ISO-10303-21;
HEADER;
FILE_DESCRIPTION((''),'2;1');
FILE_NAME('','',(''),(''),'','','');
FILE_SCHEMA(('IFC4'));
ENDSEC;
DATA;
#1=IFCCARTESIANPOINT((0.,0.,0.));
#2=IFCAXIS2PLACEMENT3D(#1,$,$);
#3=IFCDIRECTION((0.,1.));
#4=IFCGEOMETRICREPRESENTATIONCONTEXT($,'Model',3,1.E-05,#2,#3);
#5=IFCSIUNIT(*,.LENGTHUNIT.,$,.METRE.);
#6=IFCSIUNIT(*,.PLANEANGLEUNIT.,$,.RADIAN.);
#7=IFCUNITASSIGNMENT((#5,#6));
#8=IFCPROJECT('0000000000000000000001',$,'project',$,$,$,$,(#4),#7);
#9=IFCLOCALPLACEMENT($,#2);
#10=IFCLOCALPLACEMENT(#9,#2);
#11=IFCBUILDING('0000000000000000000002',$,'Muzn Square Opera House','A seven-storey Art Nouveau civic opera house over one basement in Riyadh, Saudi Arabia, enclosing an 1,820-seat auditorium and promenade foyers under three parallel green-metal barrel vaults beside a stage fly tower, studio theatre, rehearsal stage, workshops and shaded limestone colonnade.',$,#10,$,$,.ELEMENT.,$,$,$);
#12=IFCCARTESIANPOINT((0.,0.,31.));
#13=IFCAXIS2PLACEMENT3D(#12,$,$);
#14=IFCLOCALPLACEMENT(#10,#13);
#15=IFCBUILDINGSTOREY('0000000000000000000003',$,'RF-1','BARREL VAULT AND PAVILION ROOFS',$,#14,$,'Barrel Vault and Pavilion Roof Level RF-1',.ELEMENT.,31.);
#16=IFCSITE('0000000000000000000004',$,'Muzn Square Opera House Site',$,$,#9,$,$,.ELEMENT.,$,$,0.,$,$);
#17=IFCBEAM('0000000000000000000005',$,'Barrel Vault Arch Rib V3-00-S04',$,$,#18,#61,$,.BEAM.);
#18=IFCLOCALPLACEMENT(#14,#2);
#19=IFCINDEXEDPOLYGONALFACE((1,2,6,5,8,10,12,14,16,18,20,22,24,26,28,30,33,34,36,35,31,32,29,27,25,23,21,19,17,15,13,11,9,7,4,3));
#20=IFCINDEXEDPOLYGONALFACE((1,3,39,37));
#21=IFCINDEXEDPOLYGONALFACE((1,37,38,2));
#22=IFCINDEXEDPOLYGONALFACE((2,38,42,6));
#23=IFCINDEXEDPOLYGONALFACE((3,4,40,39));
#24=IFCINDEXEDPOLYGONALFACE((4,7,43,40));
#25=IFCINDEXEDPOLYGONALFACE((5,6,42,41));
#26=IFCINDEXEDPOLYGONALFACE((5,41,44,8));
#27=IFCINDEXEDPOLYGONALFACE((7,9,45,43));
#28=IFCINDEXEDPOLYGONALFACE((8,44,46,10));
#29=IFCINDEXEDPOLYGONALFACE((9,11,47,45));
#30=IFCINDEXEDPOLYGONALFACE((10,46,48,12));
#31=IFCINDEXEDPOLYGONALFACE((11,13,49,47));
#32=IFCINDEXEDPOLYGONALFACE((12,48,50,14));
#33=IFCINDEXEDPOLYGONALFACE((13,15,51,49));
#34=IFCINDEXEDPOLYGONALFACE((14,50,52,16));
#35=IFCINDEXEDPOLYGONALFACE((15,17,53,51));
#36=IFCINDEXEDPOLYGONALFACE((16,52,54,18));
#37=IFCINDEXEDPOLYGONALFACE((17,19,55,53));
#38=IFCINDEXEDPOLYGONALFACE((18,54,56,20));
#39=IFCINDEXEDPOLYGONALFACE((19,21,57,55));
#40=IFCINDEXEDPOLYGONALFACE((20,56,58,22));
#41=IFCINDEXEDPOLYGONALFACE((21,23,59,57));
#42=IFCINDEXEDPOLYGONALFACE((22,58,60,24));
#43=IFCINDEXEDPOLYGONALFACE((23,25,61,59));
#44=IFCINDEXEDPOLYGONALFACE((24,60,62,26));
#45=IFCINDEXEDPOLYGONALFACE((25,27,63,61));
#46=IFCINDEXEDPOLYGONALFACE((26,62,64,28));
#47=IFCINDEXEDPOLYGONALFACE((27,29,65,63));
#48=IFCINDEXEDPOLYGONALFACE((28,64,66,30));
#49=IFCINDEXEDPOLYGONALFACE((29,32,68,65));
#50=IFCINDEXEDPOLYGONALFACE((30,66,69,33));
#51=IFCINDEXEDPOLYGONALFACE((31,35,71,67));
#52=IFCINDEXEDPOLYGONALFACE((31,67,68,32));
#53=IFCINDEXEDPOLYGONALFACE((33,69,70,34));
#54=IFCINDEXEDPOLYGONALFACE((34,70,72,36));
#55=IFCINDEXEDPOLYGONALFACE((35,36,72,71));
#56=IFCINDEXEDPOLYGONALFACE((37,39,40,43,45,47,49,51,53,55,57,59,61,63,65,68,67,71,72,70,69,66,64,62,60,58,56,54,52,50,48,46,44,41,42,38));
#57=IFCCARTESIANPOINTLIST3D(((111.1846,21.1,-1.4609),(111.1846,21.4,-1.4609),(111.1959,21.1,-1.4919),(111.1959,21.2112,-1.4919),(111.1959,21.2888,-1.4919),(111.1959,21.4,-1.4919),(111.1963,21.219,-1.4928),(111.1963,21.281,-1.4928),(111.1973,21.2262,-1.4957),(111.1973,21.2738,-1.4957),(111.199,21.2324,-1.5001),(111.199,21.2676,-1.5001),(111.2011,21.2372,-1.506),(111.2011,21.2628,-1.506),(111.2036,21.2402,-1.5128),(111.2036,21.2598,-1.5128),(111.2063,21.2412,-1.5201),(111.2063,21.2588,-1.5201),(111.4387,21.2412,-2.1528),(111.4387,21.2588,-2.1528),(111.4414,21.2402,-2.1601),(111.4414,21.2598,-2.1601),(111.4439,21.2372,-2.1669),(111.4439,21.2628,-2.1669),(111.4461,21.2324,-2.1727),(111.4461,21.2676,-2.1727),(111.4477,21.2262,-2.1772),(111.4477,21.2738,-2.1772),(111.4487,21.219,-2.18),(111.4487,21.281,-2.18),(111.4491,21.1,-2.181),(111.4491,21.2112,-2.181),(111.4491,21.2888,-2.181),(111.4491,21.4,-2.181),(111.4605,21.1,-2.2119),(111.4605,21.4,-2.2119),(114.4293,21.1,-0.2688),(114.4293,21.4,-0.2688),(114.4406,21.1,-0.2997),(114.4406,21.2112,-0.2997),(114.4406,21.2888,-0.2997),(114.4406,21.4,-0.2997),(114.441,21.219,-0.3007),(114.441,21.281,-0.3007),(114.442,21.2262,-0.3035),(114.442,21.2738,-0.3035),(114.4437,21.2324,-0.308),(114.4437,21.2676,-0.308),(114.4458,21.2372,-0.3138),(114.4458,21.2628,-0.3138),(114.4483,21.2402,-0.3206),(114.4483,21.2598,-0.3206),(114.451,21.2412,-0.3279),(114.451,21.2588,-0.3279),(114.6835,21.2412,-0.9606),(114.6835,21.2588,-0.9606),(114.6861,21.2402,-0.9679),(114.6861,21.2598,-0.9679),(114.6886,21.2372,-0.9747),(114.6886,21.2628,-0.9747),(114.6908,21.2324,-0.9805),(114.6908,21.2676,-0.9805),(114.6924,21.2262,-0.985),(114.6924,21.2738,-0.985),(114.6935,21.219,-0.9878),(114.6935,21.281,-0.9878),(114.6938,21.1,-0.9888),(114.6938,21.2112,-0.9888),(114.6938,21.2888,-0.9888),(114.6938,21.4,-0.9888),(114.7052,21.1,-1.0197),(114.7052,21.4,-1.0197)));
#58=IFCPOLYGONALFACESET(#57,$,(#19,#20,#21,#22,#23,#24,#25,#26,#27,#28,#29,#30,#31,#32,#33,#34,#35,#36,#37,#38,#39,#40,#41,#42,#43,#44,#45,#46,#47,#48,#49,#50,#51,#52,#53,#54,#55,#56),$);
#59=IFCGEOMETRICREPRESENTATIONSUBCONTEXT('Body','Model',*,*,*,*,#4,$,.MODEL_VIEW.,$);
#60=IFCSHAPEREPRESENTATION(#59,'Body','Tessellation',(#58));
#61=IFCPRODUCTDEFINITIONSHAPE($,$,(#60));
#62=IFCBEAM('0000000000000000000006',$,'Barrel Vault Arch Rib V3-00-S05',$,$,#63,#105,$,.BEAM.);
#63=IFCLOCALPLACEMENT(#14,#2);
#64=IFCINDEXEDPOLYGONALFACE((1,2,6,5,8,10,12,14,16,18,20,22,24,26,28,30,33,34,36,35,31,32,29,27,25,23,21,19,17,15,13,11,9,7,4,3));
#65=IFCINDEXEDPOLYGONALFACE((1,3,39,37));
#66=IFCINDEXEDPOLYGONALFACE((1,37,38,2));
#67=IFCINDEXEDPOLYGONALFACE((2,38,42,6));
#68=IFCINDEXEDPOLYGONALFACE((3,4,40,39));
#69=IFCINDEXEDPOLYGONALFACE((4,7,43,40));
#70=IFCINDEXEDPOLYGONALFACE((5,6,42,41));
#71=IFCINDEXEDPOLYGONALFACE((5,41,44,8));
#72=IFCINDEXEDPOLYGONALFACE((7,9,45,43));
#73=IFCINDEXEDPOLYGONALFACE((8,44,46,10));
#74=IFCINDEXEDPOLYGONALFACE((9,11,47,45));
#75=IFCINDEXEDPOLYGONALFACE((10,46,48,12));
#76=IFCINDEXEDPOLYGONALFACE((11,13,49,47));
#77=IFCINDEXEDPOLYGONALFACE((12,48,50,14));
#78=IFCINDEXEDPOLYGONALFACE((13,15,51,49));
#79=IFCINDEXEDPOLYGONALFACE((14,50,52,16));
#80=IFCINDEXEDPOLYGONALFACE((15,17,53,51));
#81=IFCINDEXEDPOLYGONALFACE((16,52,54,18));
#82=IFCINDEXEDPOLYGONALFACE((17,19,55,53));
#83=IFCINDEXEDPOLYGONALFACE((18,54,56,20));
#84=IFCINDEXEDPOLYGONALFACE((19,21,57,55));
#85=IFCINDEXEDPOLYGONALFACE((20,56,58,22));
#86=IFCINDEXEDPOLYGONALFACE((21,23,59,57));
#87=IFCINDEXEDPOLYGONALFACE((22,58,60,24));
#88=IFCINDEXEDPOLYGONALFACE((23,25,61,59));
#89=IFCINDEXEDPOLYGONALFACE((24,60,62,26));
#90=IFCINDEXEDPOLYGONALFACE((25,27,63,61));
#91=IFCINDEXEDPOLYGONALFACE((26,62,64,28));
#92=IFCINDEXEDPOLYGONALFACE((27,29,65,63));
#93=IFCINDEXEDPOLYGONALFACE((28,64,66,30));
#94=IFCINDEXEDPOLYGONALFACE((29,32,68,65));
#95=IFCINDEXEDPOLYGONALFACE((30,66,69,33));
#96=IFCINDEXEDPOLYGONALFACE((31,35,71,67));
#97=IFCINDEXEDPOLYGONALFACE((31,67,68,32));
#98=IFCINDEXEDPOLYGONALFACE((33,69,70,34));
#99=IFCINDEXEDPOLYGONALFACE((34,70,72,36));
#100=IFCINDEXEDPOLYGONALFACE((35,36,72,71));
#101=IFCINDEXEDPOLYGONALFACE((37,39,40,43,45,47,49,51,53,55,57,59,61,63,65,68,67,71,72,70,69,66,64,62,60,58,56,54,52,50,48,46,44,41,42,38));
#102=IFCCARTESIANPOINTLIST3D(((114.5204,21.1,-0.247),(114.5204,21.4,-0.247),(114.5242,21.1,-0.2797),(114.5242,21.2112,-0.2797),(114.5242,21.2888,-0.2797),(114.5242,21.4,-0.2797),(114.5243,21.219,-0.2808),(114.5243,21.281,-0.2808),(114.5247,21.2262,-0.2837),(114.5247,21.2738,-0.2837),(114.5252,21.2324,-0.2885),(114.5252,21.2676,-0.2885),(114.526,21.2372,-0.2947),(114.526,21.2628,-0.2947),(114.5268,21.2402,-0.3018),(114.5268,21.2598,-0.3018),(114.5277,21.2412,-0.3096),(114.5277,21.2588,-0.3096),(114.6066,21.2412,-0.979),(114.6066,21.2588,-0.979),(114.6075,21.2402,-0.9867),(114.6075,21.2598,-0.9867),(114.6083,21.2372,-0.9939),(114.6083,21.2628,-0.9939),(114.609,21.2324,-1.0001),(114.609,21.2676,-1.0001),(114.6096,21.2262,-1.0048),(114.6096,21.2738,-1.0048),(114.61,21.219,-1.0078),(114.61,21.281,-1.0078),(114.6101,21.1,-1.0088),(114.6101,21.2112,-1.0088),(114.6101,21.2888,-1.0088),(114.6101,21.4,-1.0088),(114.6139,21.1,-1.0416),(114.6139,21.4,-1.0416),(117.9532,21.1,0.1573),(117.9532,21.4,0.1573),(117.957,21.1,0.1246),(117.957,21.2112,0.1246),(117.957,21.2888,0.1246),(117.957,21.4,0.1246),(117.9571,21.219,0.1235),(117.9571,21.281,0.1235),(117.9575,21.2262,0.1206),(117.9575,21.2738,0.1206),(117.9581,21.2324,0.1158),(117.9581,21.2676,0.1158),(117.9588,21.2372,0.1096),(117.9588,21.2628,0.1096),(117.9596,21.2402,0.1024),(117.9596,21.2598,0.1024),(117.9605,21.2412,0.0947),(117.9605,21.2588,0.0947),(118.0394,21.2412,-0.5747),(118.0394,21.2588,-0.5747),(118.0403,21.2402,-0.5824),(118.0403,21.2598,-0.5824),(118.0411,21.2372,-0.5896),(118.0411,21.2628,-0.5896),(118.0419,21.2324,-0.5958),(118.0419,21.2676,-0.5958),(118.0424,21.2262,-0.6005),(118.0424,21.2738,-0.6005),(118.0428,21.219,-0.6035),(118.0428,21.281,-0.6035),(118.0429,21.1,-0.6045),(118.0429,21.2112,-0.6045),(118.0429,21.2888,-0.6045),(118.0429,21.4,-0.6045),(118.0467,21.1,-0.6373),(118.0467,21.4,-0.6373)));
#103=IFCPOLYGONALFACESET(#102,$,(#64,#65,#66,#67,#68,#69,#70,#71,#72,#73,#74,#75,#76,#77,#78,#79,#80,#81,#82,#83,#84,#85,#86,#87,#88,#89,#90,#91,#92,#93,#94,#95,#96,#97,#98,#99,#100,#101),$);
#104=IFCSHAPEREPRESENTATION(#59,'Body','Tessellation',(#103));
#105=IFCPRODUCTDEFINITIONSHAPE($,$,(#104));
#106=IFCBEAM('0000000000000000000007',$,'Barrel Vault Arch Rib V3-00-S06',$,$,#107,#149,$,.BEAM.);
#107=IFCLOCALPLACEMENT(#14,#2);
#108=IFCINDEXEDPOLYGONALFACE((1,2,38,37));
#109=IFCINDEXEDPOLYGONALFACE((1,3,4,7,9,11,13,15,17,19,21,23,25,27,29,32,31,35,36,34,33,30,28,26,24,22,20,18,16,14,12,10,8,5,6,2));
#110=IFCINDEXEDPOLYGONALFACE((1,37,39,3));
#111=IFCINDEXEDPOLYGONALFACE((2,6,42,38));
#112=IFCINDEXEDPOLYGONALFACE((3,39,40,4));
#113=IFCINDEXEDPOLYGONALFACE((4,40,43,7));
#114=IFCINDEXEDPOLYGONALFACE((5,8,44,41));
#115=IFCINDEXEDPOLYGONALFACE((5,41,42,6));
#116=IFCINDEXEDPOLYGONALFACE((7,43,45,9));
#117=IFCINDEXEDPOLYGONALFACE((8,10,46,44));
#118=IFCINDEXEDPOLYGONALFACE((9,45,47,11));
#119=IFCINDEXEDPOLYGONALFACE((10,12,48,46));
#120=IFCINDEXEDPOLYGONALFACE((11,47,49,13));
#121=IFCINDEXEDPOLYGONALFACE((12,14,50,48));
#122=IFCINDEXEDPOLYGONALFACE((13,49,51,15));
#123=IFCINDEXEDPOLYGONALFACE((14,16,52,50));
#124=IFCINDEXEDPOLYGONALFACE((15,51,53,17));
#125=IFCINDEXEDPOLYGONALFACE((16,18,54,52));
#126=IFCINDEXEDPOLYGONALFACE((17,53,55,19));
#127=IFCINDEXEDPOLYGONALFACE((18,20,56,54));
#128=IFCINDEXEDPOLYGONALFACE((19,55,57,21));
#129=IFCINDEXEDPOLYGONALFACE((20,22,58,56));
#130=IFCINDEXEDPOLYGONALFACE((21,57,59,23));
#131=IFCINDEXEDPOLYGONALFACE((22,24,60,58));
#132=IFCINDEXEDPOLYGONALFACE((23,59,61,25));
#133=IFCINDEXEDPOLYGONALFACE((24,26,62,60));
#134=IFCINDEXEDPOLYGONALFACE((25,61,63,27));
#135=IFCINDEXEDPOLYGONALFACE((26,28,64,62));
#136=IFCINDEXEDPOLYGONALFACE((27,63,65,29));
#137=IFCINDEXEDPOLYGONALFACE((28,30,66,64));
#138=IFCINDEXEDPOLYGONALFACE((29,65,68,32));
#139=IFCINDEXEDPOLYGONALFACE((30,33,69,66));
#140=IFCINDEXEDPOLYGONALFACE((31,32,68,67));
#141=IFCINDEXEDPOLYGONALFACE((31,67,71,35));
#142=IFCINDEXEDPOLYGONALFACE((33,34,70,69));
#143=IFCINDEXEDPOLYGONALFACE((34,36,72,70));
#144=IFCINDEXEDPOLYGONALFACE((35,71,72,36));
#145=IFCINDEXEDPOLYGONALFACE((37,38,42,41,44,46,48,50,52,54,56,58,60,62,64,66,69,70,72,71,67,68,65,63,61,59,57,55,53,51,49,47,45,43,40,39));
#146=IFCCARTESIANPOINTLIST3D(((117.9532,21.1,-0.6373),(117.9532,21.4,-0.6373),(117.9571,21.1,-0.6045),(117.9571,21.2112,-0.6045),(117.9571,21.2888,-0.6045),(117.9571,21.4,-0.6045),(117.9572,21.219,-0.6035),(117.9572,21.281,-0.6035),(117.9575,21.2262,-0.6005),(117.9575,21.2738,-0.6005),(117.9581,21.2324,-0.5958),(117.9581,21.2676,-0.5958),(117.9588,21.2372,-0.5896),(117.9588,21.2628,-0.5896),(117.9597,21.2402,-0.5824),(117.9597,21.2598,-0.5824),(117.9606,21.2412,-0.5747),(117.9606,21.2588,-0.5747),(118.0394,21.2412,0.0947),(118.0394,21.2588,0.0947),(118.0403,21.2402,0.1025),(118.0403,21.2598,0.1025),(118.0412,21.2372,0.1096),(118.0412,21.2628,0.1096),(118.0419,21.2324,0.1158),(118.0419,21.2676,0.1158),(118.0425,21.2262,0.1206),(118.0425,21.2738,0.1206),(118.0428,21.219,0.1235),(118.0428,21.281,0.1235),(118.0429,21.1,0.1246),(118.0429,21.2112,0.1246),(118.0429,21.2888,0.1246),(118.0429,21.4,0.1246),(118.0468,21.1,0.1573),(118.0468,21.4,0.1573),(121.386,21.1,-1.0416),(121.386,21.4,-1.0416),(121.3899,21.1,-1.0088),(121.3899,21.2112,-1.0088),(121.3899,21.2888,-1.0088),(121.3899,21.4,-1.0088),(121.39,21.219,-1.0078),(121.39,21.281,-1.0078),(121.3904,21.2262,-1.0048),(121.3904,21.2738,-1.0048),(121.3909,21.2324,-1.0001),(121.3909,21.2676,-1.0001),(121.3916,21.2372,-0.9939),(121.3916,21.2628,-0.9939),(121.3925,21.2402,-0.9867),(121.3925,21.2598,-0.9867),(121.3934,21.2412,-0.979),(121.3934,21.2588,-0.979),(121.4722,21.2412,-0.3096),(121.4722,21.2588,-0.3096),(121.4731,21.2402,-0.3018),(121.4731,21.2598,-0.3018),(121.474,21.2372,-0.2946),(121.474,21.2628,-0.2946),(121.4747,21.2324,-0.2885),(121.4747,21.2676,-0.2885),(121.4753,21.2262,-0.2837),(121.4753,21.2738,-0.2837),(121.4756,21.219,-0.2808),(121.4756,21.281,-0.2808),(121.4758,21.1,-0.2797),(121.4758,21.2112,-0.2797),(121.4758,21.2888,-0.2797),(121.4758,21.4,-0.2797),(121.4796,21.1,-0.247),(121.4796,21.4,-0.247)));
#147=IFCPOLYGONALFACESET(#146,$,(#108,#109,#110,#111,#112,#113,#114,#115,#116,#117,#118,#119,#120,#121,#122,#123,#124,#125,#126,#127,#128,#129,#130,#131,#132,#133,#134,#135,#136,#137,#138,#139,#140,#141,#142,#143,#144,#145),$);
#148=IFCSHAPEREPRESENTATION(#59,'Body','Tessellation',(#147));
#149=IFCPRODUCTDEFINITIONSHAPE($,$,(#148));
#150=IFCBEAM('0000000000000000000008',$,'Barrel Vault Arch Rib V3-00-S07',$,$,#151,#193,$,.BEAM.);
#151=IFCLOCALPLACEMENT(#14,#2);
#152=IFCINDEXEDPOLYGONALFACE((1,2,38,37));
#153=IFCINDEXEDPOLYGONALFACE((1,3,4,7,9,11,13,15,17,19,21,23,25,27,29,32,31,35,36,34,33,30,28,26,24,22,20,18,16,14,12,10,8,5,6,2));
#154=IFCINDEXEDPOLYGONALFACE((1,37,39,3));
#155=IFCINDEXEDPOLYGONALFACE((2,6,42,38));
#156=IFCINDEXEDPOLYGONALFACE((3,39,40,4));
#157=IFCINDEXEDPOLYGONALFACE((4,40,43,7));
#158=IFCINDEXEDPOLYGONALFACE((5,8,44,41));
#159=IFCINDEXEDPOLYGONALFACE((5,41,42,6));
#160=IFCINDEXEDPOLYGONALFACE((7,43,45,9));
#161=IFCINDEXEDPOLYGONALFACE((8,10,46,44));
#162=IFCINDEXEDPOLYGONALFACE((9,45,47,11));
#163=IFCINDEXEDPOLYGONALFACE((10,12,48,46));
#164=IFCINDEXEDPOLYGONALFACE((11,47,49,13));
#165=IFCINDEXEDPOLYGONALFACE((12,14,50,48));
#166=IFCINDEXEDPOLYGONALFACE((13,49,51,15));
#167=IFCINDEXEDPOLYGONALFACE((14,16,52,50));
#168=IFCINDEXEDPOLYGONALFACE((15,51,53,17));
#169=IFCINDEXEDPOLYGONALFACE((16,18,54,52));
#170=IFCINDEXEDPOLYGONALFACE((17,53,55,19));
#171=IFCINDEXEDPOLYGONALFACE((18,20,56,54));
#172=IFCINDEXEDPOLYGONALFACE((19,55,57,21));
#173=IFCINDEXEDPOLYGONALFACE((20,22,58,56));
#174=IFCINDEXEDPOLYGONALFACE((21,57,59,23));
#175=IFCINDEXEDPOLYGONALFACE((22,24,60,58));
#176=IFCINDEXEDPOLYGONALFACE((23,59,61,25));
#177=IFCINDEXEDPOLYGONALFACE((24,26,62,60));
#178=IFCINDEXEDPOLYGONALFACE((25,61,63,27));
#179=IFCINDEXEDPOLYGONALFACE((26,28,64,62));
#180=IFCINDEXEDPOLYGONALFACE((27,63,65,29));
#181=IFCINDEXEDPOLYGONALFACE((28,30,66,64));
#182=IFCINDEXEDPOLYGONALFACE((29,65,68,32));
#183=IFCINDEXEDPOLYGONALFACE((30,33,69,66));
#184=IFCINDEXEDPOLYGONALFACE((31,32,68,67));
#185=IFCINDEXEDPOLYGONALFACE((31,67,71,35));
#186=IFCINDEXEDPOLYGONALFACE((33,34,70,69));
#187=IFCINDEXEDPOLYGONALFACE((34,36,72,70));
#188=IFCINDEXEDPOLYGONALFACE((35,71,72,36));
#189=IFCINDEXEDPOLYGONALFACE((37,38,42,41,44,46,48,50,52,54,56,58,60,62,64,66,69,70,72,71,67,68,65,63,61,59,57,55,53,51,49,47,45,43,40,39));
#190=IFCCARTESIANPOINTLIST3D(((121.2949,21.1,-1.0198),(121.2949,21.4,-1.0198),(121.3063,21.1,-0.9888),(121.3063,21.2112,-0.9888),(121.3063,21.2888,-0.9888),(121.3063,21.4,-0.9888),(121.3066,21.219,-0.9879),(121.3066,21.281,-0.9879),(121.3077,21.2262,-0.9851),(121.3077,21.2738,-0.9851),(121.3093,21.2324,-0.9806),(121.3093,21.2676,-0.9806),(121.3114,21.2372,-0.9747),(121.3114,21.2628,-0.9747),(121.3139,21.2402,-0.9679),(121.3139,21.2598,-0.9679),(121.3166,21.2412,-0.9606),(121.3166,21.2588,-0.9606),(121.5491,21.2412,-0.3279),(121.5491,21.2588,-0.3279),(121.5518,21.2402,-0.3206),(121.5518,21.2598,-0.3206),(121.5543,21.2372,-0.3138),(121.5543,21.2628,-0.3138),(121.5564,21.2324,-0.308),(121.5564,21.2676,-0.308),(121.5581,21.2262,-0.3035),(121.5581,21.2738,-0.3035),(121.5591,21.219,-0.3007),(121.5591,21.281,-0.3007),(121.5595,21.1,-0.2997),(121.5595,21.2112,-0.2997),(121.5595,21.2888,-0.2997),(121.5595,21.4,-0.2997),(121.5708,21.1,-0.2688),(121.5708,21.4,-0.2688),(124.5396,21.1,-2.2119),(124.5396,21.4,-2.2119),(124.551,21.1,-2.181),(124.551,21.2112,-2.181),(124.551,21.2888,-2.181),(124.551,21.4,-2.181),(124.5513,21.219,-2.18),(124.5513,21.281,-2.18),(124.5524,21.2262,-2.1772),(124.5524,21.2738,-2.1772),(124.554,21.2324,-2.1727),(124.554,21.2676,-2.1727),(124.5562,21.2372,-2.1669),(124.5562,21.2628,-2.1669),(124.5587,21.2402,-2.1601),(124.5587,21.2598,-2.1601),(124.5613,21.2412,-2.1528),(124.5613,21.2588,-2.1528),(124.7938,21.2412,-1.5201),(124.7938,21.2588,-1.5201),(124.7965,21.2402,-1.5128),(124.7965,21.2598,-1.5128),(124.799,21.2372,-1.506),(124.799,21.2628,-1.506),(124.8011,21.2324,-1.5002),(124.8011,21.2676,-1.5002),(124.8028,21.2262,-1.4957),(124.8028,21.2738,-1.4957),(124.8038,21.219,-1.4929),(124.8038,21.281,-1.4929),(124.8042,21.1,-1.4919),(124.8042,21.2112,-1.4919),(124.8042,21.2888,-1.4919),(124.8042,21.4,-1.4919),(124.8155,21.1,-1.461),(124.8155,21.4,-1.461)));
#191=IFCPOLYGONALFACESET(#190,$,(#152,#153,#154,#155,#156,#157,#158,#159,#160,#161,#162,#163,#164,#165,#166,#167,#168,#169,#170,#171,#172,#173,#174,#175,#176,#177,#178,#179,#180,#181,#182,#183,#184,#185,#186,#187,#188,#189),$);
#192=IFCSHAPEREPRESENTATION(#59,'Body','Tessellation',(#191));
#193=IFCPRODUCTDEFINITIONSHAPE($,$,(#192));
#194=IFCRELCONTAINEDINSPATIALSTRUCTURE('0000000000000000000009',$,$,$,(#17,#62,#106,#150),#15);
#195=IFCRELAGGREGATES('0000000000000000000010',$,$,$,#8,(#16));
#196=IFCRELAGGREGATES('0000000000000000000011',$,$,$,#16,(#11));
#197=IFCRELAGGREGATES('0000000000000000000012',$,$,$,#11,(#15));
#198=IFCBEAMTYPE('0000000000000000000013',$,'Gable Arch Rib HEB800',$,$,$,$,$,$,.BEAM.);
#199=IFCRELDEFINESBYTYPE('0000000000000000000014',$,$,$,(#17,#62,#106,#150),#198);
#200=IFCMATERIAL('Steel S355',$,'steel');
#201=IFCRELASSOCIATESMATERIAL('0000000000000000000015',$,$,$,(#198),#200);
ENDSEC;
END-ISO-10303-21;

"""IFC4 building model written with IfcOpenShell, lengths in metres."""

from ifc_helpers import new_model, si_unit, direction, frame, origin, origin_2d, place, context, subcontext, project, spatial, i_section, extrude, material, material_profile, profile_set, type_object, element, save


model = new_model("IFC4")

# Units and contexts
model_context = context("Model", 3, precision=1e-05, world=origin(), true_north=direction((0.0, 1.0)))
body_context = subcontext(model_context, "Body", "Model", "MODEL_VIEW")
ifc_project = project(units=[si_unit("LENGTHUNIT", "METRE"), si_unit("PLANEANGLEUNIT", "RADIAN")], contexts=[model_context])

# Site, building, storey
site_placement = place(None, origin())
site = spatial("IfcSite", under=ifc_project, at=site_placement, Name="Muzn Square Opera House Site", CompositionType="ELEMENT", RefElevation=0.0)
building_placement = place(site_placement, origin())
building = spatial("IfcBuilding", under=site, at=building_placement, Name="Muzn Square Opera House", Description="A seven-storey Art Nouveau civic opera house over one basement in Riyadh, Saudi Arabia, enclosing an 1,820-seat auditorium and promenade foyers under three parallel green-metal barrel vaults beside a stage fly tower, studio theatre, rehearsal stage, workshops and shaded limestone colonnade.", CompositionType="ELEMENT")
storey_placement = place(building_placement, frame((0.0, 0.0, 31.0)))
storey = spatial("IfcBuildingStorey", under=building, at=storey_placement, Name="RF-1", Description="BARREL VAULT AND PAVILION ROOFS", LongName="Barrel Vault and Pavilion Roof Level RF-1", CompositionType="ELEMENT", Elevation=31.0)

# Beams
ifc_material_1 = material(Name="Steel S355", Category="steel")
ifc_material_profile_1 = material_profile(ifc_material_1, i_section(OverallWidth=0.3, OverallDepth=0.8, WebThickness=0.0176, FlangeThickness=0.033, FilletRadius=0.03, at=origin_2d()), Name="HEB 800", Category="steel")
ifc_profile_set_1 = profile_set([ifc_material_profile_1], Name="Steel S355")
beam_type_1 = type_object("IfcBeamType", Name="Gable Arch Rib HEB800", PredefinedType="BEAM", material=ifc_profile_set_1)
beam_1_placement = place(storey_placement, frame((111.3225, 21.25, -1.8364), z_axis=(0.938648, 0.0, 0.344877), x_axis=(0.0, 1.0, 0.0)))
element("IfcBeam", 1, at=beam_1_placement, inside=storey, type_object=beam_type_1, Name="Barrel Vault Arch Rib V3-00-S04", PredefinedType="BEAM", context=body_context, shape_type="SweptSolid", body=[
    extrude(i_section(OverallWidth=0.3, OverallDepth=0.8, WebThickness=0.0176, FlangeThickness=0.033, FilletRadius=0.03, at=origin_2d()), origin(), (0.0, 0.0, 1.0), 3.4568),
])
for number, where, z_axis, x_axis, name in (
    (2, (114.5671, 21.25, -0.6443), (0.993136, 0.0, 0.116964), (0.0, 1.0, 0.0), "Barrel Vault Arch Rib V3-00-S05"),
    (3, (118.0, 21.25, -0.24), (0.993136, 0.0, -0.116964), (0.0, 1.0, 0.0), "Barrel Vault Arch Rib V3-00-S06"),
):
    element("IfcBeam", number, at=place(storey_placement, frame(where, z_axis=z_axis, x_axis=x_axis)), inside=storey, type_object=beam_type_1, Name=name, PredefinedType="BEAM", context=body_context, shape_type="SweptSolid", body=[
        extrude(i_section(OverallWidth=0.3, OverallDepth=0.8, WebThickness=0.0176, FlangeThickness=0.033, FilletRadius=0.03, at=origin_2d()), origin(), (0.0, 0.0, 1.0), 3.4565),
    ])
for number, where, z_axis, x_axis, name in (
    (4, (121.4329, 21.25, -0.6443), (0.938648, 0.0, -0.344877), (0.0, 1.0, 0.0), "Barrel Vault Arch Rib V3-00-S07"),
):
    element("IfcBeam", number, at=place(storey_placement, frame(where, z_axis=z_axis, x_axis=x_axis)), inside=storey, type_object=beam_type_1, Name=name, PredefinedType="BEAM", context=body_context, shape_type="SweptSolid", body=[
        extrude(i_section(OverallWidth=0.3, OverallDepth=0.8, WebThickness=0.0176, FlangeThickness=0.033, FilletRadius=0.03, at=origin_2d()), origin(), (0.0, 0.0, 1.0), 3.4568),
    ])

save(model, "model.ifc")
